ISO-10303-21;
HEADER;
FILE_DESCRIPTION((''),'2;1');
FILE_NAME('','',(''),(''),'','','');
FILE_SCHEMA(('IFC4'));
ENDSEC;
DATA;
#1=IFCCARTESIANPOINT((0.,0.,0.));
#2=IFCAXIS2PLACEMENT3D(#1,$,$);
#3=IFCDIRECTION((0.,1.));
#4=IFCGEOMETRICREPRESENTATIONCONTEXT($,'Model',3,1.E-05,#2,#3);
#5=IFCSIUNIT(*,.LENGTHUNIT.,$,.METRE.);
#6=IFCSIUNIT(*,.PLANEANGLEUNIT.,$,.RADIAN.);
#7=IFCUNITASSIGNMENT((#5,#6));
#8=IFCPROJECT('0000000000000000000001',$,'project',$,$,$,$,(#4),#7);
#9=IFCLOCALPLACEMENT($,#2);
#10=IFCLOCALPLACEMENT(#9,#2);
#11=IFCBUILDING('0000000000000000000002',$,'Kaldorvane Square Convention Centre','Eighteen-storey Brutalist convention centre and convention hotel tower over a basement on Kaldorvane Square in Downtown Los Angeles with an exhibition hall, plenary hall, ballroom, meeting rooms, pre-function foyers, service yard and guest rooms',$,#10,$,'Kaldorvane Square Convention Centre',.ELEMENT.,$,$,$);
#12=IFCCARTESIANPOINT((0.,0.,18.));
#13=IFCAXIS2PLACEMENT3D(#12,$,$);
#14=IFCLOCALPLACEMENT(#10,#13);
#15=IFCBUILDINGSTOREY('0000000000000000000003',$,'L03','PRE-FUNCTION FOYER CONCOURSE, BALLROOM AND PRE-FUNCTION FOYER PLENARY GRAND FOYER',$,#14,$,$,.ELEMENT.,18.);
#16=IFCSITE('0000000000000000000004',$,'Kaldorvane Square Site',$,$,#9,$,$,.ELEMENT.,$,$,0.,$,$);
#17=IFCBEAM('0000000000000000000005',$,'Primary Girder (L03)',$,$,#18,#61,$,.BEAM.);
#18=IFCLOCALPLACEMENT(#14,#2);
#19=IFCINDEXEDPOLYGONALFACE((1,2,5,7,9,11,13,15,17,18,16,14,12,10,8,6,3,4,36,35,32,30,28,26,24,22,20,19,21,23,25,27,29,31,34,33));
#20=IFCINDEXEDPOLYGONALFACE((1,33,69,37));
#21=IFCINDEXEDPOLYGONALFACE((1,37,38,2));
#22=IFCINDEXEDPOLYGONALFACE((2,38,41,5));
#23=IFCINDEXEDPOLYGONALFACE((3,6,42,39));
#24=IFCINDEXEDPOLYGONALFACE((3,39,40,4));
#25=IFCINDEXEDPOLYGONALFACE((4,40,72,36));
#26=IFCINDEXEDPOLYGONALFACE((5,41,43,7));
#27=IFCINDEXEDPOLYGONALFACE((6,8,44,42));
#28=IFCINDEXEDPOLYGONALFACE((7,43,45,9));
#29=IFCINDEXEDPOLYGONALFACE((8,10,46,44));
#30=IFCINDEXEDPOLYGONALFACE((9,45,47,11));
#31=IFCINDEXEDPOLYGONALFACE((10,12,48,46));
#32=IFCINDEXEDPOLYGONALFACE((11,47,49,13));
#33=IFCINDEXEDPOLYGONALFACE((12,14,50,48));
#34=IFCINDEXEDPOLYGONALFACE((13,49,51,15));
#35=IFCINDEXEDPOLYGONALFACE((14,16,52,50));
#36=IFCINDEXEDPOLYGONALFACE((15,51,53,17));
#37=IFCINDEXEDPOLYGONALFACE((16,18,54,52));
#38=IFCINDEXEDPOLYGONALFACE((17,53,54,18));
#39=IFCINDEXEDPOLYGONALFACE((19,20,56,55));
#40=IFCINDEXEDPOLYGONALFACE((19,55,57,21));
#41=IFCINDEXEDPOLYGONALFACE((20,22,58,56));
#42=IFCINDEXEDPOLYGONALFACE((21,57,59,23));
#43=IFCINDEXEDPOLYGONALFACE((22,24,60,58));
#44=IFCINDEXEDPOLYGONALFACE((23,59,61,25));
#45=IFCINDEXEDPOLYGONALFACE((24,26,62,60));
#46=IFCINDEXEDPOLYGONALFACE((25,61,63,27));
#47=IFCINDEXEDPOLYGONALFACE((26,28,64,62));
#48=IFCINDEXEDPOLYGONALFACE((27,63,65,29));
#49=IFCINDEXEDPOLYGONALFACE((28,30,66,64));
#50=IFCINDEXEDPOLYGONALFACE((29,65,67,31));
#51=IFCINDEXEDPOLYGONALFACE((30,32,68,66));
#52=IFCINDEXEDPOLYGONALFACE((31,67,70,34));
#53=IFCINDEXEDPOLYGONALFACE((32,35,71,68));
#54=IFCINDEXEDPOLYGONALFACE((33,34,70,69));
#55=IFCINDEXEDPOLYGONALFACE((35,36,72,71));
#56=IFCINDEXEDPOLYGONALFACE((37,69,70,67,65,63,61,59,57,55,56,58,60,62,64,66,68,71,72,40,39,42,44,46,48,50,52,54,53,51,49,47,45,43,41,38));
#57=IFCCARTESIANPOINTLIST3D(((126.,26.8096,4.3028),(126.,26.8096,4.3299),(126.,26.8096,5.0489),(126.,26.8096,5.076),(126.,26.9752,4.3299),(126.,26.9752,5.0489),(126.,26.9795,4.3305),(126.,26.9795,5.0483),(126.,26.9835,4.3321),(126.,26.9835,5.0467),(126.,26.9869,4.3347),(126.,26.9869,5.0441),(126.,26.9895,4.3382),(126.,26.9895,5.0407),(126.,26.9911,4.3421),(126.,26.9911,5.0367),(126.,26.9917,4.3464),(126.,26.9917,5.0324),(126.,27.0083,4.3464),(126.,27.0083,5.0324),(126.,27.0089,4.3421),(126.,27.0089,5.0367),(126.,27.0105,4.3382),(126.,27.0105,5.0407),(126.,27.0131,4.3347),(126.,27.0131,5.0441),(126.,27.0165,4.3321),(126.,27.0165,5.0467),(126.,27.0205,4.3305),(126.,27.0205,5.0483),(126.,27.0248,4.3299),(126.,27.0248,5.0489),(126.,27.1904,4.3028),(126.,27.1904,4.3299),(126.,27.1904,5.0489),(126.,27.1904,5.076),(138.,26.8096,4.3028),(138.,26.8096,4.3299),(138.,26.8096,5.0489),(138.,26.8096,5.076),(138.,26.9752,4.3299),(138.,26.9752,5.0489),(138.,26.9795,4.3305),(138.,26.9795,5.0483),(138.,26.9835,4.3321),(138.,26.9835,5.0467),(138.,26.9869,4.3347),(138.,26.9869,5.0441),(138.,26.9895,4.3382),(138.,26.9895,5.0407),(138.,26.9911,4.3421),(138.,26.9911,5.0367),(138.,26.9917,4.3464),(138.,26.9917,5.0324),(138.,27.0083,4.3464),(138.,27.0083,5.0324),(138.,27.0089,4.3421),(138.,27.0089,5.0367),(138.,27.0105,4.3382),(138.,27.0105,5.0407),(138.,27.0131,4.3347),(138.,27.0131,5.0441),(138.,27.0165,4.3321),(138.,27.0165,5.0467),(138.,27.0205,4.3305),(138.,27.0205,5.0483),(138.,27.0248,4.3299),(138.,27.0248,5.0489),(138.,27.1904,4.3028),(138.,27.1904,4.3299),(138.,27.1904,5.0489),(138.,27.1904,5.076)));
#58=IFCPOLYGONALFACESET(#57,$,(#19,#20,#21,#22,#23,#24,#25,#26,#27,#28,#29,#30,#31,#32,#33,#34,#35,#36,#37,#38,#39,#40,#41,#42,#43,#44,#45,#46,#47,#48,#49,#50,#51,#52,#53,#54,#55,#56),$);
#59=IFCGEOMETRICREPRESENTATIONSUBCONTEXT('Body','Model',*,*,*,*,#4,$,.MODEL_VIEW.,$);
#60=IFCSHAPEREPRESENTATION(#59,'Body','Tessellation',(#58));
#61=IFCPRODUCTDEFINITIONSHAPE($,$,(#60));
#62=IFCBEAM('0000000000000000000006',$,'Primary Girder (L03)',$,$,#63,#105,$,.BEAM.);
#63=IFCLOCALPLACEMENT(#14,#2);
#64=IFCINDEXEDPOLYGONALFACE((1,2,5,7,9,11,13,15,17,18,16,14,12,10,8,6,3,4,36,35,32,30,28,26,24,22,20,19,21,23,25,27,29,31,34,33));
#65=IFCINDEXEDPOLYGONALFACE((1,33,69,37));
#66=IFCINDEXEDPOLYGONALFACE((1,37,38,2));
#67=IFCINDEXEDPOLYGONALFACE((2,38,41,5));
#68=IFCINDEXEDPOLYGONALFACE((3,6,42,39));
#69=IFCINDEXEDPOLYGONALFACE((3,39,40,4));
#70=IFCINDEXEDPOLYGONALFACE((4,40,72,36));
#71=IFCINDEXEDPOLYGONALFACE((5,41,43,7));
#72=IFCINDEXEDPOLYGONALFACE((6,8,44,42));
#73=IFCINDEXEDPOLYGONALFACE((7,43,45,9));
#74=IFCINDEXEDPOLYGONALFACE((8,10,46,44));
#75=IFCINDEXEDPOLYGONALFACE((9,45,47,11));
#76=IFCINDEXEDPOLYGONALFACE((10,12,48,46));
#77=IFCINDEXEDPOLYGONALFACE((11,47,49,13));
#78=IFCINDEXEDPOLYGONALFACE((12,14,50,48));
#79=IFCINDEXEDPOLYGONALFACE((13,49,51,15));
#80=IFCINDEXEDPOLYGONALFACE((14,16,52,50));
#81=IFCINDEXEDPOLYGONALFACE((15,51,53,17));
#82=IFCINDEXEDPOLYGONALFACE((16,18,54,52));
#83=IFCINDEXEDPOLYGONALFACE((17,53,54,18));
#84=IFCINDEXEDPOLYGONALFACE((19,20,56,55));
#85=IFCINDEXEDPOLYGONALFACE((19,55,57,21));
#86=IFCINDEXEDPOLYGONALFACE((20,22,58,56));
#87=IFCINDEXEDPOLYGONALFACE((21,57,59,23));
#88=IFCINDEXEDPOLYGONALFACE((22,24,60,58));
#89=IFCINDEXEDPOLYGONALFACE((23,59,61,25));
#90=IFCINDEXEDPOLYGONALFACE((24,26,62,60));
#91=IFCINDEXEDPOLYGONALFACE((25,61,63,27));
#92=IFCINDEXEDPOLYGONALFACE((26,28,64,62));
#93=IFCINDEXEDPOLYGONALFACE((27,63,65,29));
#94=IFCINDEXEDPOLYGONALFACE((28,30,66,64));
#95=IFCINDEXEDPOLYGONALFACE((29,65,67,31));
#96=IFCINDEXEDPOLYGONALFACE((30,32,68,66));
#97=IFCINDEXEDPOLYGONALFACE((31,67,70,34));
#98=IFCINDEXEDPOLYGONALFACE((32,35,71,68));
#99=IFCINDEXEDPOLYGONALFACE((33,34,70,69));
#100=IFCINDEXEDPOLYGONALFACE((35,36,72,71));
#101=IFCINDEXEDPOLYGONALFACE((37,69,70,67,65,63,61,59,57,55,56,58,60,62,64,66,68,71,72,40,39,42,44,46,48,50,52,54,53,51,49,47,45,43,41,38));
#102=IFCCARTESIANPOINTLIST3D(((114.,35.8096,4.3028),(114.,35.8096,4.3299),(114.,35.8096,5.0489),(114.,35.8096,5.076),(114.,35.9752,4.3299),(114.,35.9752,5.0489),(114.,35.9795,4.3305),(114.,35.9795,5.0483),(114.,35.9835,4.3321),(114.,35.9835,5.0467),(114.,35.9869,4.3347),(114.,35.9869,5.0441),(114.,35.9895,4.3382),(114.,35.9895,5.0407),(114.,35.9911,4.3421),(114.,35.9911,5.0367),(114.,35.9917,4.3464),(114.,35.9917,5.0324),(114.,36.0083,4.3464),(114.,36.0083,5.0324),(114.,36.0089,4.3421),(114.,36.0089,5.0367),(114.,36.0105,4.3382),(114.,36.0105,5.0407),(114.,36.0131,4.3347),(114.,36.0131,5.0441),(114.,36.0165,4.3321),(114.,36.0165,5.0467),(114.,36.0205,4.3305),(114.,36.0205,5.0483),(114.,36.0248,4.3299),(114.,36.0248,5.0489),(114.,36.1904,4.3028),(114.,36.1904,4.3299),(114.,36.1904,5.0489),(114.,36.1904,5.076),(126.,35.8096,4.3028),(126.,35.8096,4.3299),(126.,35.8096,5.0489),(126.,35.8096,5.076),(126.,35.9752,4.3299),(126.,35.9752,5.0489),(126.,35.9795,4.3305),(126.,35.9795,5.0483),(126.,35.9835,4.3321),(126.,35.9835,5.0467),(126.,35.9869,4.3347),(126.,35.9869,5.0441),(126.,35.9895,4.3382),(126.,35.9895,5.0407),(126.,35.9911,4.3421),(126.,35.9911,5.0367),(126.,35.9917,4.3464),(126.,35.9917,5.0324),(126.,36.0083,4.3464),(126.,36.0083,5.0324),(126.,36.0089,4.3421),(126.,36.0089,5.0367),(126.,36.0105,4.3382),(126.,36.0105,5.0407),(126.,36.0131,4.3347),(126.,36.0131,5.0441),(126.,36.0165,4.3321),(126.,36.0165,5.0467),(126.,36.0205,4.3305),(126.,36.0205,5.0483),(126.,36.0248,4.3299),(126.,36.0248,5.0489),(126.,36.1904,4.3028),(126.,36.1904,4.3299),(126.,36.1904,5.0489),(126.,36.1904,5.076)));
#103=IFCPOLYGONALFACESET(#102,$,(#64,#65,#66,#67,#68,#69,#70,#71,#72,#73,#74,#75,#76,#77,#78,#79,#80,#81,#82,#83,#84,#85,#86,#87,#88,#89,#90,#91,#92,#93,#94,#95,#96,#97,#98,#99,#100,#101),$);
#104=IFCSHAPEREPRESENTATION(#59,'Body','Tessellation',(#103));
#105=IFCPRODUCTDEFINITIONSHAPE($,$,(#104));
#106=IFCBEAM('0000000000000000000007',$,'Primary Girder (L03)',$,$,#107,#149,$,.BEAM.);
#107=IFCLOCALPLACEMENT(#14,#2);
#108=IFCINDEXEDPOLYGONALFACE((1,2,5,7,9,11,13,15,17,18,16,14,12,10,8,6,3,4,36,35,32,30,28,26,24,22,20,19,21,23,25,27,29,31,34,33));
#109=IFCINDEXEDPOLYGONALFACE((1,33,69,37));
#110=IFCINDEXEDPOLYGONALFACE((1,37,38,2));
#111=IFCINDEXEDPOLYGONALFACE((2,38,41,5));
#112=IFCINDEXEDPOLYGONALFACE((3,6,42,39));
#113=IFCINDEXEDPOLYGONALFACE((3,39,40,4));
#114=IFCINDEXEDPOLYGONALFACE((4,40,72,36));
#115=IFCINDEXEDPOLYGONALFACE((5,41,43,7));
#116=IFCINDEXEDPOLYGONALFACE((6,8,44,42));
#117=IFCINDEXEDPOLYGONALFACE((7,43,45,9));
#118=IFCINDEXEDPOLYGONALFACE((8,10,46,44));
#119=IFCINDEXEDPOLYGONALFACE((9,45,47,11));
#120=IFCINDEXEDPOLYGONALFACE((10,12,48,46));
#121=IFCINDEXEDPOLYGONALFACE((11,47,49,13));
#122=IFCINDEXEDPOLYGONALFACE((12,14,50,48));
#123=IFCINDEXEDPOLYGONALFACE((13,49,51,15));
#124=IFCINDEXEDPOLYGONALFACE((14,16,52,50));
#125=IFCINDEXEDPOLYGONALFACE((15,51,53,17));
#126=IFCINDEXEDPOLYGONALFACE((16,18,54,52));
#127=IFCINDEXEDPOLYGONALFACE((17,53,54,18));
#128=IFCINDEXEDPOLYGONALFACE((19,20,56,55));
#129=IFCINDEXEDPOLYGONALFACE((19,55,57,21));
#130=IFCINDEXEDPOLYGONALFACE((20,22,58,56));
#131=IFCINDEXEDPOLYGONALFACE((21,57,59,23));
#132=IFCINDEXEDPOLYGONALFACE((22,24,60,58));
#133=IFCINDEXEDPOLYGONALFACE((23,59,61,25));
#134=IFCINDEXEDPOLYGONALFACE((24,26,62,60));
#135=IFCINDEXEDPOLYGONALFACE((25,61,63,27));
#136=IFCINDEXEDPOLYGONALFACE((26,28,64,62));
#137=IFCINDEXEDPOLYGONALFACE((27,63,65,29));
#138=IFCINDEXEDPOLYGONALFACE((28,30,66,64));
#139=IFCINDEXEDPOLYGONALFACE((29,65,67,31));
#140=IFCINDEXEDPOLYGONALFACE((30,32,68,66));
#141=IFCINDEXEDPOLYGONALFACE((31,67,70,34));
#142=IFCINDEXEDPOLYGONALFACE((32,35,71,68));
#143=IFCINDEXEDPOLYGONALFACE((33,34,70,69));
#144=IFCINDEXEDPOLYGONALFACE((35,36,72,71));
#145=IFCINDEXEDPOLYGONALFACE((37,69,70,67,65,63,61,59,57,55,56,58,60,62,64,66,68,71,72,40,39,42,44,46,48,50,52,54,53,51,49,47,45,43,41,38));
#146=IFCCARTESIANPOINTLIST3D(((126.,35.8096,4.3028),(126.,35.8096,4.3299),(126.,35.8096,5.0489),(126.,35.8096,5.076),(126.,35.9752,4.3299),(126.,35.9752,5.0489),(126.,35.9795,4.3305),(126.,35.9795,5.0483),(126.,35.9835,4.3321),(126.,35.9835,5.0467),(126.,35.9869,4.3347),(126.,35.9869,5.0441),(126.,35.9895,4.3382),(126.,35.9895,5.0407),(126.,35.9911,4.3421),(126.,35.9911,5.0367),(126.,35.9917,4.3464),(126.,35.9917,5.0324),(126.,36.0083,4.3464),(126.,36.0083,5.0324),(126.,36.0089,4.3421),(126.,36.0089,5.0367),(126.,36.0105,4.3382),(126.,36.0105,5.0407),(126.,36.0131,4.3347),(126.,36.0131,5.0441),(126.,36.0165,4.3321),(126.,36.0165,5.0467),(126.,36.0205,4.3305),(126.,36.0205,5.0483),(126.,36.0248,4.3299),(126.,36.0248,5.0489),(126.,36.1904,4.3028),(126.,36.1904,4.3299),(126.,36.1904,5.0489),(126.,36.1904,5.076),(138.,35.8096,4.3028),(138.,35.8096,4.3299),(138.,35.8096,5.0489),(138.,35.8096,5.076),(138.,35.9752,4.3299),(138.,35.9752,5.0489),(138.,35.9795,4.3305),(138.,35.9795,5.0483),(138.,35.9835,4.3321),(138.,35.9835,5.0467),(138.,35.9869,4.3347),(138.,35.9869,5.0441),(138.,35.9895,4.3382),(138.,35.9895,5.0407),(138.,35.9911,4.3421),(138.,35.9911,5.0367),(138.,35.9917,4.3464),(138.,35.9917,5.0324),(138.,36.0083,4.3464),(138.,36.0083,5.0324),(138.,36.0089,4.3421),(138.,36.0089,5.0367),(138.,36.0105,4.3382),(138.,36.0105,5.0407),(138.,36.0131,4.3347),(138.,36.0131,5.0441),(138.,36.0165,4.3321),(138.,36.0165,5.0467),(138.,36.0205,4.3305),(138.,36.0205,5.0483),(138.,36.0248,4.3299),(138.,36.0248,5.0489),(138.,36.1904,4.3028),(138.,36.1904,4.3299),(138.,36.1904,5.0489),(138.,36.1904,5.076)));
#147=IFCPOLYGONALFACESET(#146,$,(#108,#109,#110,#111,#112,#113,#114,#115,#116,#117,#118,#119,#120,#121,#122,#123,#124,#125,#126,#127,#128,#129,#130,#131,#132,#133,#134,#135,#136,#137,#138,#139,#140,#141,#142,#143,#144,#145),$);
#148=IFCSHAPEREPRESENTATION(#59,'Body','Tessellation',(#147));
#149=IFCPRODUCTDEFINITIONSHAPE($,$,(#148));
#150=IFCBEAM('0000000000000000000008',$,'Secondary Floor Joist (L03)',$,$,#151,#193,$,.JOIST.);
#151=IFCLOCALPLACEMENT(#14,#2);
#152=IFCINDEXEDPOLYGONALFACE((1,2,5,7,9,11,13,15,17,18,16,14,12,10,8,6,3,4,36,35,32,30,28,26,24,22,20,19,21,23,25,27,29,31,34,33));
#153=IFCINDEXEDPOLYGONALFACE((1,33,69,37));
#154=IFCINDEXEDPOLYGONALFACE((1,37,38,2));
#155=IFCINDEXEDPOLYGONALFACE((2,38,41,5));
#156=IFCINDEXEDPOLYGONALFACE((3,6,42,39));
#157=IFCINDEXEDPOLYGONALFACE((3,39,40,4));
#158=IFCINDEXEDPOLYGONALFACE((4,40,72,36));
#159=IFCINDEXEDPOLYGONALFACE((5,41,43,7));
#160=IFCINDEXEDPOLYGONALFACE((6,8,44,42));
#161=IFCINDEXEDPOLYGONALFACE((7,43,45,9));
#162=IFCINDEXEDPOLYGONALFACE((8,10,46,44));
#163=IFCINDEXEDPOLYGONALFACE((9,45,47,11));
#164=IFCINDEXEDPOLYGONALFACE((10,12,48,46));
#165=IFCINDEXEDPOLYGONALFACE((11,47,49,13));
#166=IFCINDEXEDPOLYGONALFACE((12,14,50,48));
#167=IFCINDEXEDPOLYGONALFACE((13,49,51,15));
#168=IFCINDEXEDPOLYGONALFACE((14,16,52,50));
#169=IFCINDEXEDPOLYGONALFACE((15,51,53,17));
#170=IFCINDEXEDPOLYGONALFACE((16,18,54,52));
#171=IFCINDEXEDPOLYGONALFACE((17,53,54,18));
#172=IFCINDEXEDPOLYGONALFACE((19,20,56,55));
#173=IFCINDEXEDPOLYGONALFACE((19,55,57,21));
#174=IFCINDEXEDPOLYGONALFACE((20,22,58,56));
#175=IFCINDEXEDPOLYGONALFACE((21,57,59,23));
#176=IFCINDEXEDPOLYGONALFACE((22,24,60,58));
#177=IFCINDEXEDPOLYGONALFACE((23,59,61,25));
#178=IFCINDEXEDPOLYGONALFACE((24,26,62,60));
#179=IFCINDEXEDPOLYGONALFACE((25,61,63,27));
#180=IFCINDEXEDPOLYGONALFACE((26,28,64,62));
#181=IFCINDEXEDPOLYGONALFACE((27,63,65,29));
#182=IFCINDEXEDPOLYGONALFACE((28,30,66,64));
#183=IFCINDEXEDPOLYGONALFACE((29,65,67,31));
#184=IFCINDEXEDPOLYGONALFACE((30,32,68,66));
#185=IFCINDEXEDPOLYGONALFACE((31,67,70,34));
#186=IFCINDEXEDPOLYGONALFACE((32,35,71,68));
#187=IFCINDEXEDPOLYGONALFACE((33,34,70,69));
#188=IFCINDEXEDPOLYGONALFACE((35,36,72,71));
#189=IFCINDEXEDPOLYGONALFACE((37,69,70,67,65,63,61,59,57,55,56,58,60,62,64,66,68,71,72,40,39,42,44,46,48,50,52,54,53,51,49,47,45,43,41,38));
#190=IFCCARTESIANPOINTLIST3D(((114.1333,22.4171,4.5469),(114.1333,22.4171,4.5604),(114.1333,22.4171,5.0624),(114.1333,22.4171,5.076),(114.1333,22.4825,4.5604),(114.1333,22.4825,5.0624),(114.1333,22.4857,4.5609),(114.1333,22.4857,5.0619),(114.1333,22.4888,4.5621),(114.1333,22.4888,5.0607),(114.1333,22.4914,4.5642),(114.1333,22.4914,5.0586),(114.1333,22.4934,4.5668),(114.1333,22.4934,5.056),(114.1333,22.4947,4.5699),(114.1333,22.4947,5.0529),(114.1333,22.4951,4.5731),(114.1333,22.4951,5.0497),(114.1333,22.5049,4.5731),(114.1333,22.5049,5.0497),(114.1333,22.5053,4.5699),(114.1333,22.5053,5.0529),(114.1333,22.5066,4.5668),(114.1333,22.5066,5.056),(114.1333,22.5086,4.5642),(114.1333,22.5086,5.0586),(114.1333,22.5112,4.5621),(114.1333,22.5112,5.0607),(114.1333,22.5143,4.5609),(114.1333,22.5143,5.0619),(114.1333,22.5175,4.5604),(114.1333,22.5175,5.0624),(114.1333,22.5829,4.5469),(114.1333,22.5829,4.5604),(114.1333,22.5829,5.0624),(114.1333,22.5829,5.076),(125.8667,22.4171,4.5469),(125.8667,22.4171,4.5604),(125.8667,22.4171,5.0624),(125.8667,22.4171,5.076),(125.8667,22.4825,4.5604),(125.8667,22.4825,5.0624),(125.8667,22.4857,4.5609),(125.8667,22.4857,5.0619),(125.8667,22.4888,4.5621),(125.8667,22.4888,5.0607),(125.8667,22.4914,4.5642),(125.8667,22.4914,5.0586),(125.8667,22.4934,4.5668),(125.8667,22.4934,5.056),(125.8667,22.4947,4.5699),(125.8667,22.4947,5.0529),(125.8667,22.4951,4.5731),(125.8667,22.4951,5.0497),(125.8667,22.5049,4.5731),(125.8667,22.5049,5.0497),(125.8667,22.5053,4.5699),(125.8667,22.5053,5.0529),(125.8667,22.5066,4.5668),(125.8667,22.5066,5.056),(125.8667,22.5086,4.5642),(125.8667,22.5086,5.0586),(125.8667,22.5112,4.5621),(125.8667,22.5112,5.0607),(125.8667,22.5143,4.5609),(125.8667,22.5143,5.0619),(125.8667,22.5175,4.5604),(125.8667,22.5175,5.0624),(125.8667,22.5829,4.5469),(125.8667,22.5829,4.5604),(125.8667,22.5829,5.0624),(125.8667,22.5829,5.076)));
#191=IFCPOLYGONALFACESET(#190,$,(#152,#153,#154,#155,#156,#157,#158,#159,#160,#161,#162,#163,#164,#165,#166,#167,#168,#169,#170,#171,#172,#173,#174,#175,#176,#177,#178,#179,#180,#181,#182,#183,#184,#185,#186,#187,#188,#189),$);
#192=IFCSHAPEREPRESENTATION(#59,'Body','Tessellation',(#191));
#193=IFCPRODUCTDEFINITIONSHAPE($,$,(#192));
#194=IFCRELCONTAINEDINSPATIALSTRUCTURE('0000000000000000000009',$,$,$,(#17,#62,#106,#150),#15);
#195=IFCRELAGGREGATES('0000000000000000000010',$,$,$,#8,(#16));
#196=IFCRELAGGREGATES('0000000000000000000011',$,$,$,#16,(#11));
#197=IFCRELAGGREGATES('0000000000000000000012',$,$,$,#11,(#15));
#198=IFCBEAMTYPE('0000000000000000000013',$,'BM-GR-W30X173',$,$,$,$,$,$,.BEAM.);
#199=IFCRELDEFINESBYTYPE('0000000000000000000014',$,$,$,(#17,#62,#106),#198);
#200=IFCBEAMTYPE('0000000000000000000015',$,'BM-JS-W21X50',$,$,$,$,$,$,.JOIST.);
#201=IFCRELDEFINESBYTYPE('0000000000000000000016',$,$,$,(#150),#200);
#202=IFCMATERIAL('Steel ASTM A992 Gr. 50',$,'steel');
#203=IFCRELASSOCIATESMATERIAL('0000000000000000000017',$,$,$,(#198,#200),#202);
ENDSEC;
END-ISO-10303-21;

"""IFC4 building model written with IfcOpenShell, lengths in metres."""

from ifc_helpers import new_model, si_unit, direction, frame, origin, origin_2d, place, context, subcontext, project, spatial, i_section, extrude, material, material_profile, profile_set, type_object, element, save


model = new_model("IFC4")

# Units and contexts
model_context = context("Model", 3, precision=1e-05, world=origin(), true_north=direction((0.0, 1.0)))
body_context = subcontext(model_context, "Body", "Model", "MODEL_VIEW")
ifc_project = project(units=[si_unit("LENGTHUNIT", "METRE"), si_unit("PLANEANGLEUNIT", "RADIAN")], contexts=[model_context])

# Site, building, storey
site_placement = place(None, origin())
site = spatial("IfcSite", under=ifc_project, at=site_placement, Name="Kaldorvane Square Site", CompositionType="ELEMENT", RefElevation=0.0)
building_placement = place(site_placement, origin())
building = spatial("IfcBuilding", under=site, at=building_placement, Name="Kaldorvane Square Convention Centre", Description="Eighteen-storey Brutalist convention centre and convention hotel tower over a basement on Kaldorvane Square in Downtown Los Angeles with an exhibition hall, plenary hall, ballroom, meeting rooms, pre-function foyers, service yard and guest rooms", LongName="Kaldorvane Square Convention Centre", CompositionType="ELEMENT")
storey_placement = place(building_placement, frame((0.0, 0.0, 18.0)))
storey = spatial("IfcBuildingStorey", under=building, at=storey_placement, Name="L03", Description="PRE-FUNCTION FOYER CONCOURSE, BALLROOM AND PRE-FUNCTION FOYER PLENARY GRAND FOYER", CompositionType="ELEMENT", Elevation=18.0)

# Shared definitions
ifc_material_1 = material(Name="Steel ASTM A992 Gr. 50", Category="steel")

# Beams
ifc_material_profile_1 = material_profile(ifc_material_1, i_section(OverallWidth=0.3807, OverallDepth=0.7732, WebThickness=0.0166, FlangeThickness=0.0271, FilletRadius=0.0165, at=origin_2d()), Name="W30X173")
ifc_profile_set_1 = profile_set([ifc_material_profile_1], Name="Steel ASTM A992 Gr. 50")
beam_type_1 = type_object("IfcBeamType", Name="BM-GR-W30X173", PredefinedType="BEAM", material=ifc_profile_set_1)
for number, where, z_axis, x_axis, name in (
    (1, (126.0, 27.0, 4.6894), (1.0, 0.0, 0.0), (0.0, 1.0, 0.0), "Primary Girder (L03)"),
    (2, (114.0, 36.0, 4.6894), (1.0, 0.0, 0.0), (0.0, 1.0, 0.0), "Primary Girder (L03)"),
    (3, (126.0, 36.0, 4.6894), (1.0, 0.0, 0.0), (0.0, 1.0, 0.0), "Primary Girder (L03)"),
):
    element("IfcBeam", number, at=place(storey_placement, frame(where, z_axis=z_axis, x_axis=x_axis)), inside=storey, type_object=beam_type_1, Name=name, PredefinedType="BEAM", context=body_context, shape_type="SweptSolid", body=[
        extrude(i_section(OverallWidth=0.3807, OverallDepth=0.7732, WebThickness=0.0166, FlangeThickness=0.0271, FilletRadius=0.0165, at=origin_2d()), origin(), (0.0, 0.0, 1.0), 12.0),
    ])
ifc_material_profile_2 = material_profile(ifc_material_1, i_section(OverallWidth=0.1659, OverallDepth=0.5291, WebThickness=0.0097, FlangeThickness=0.0136, FilletRadius=0.0127, at=origin_2d()), Name="W21X50")
ifc_profile_set_2 = profile_set([ifc_material_profile_2], Name="Steel ASTM A992 Gr. 50")
beam_type_2 = type_object("IfcBeamType", Name="BM-JS-W21X50", PredefinedType="JOIST", material=ifc_profile_set_2)
for number, where, z_axis, x_axis, name in (
    (4, (114.1333, 22.5, 4.8114), (1.0, 0.0, 0.0), (0.0, 1.0, 0.0), "Secondary Floor Joist (L03)"),
):
    element("IfcBeam", number, at=place(storey_placement, frame(where, z_axis=z_axis, x_axis=x_axis)), inside=storey, type_object=beam_type_2, Name=name, PredefinedType="JOIST", context=body_context, shape_type="SweptSolid", body=[
        extrude(i_section(OverallWidth=0.1659, OverallDepth=0.5291, WebThickness=0.0097, FlangeThickness=0.0136, FilletRadius=0.0127, at=origin_2d()), origin(), (0.0, 0.0, 1.0), 11.7334),
    ])

save(model, "model.ifc")
